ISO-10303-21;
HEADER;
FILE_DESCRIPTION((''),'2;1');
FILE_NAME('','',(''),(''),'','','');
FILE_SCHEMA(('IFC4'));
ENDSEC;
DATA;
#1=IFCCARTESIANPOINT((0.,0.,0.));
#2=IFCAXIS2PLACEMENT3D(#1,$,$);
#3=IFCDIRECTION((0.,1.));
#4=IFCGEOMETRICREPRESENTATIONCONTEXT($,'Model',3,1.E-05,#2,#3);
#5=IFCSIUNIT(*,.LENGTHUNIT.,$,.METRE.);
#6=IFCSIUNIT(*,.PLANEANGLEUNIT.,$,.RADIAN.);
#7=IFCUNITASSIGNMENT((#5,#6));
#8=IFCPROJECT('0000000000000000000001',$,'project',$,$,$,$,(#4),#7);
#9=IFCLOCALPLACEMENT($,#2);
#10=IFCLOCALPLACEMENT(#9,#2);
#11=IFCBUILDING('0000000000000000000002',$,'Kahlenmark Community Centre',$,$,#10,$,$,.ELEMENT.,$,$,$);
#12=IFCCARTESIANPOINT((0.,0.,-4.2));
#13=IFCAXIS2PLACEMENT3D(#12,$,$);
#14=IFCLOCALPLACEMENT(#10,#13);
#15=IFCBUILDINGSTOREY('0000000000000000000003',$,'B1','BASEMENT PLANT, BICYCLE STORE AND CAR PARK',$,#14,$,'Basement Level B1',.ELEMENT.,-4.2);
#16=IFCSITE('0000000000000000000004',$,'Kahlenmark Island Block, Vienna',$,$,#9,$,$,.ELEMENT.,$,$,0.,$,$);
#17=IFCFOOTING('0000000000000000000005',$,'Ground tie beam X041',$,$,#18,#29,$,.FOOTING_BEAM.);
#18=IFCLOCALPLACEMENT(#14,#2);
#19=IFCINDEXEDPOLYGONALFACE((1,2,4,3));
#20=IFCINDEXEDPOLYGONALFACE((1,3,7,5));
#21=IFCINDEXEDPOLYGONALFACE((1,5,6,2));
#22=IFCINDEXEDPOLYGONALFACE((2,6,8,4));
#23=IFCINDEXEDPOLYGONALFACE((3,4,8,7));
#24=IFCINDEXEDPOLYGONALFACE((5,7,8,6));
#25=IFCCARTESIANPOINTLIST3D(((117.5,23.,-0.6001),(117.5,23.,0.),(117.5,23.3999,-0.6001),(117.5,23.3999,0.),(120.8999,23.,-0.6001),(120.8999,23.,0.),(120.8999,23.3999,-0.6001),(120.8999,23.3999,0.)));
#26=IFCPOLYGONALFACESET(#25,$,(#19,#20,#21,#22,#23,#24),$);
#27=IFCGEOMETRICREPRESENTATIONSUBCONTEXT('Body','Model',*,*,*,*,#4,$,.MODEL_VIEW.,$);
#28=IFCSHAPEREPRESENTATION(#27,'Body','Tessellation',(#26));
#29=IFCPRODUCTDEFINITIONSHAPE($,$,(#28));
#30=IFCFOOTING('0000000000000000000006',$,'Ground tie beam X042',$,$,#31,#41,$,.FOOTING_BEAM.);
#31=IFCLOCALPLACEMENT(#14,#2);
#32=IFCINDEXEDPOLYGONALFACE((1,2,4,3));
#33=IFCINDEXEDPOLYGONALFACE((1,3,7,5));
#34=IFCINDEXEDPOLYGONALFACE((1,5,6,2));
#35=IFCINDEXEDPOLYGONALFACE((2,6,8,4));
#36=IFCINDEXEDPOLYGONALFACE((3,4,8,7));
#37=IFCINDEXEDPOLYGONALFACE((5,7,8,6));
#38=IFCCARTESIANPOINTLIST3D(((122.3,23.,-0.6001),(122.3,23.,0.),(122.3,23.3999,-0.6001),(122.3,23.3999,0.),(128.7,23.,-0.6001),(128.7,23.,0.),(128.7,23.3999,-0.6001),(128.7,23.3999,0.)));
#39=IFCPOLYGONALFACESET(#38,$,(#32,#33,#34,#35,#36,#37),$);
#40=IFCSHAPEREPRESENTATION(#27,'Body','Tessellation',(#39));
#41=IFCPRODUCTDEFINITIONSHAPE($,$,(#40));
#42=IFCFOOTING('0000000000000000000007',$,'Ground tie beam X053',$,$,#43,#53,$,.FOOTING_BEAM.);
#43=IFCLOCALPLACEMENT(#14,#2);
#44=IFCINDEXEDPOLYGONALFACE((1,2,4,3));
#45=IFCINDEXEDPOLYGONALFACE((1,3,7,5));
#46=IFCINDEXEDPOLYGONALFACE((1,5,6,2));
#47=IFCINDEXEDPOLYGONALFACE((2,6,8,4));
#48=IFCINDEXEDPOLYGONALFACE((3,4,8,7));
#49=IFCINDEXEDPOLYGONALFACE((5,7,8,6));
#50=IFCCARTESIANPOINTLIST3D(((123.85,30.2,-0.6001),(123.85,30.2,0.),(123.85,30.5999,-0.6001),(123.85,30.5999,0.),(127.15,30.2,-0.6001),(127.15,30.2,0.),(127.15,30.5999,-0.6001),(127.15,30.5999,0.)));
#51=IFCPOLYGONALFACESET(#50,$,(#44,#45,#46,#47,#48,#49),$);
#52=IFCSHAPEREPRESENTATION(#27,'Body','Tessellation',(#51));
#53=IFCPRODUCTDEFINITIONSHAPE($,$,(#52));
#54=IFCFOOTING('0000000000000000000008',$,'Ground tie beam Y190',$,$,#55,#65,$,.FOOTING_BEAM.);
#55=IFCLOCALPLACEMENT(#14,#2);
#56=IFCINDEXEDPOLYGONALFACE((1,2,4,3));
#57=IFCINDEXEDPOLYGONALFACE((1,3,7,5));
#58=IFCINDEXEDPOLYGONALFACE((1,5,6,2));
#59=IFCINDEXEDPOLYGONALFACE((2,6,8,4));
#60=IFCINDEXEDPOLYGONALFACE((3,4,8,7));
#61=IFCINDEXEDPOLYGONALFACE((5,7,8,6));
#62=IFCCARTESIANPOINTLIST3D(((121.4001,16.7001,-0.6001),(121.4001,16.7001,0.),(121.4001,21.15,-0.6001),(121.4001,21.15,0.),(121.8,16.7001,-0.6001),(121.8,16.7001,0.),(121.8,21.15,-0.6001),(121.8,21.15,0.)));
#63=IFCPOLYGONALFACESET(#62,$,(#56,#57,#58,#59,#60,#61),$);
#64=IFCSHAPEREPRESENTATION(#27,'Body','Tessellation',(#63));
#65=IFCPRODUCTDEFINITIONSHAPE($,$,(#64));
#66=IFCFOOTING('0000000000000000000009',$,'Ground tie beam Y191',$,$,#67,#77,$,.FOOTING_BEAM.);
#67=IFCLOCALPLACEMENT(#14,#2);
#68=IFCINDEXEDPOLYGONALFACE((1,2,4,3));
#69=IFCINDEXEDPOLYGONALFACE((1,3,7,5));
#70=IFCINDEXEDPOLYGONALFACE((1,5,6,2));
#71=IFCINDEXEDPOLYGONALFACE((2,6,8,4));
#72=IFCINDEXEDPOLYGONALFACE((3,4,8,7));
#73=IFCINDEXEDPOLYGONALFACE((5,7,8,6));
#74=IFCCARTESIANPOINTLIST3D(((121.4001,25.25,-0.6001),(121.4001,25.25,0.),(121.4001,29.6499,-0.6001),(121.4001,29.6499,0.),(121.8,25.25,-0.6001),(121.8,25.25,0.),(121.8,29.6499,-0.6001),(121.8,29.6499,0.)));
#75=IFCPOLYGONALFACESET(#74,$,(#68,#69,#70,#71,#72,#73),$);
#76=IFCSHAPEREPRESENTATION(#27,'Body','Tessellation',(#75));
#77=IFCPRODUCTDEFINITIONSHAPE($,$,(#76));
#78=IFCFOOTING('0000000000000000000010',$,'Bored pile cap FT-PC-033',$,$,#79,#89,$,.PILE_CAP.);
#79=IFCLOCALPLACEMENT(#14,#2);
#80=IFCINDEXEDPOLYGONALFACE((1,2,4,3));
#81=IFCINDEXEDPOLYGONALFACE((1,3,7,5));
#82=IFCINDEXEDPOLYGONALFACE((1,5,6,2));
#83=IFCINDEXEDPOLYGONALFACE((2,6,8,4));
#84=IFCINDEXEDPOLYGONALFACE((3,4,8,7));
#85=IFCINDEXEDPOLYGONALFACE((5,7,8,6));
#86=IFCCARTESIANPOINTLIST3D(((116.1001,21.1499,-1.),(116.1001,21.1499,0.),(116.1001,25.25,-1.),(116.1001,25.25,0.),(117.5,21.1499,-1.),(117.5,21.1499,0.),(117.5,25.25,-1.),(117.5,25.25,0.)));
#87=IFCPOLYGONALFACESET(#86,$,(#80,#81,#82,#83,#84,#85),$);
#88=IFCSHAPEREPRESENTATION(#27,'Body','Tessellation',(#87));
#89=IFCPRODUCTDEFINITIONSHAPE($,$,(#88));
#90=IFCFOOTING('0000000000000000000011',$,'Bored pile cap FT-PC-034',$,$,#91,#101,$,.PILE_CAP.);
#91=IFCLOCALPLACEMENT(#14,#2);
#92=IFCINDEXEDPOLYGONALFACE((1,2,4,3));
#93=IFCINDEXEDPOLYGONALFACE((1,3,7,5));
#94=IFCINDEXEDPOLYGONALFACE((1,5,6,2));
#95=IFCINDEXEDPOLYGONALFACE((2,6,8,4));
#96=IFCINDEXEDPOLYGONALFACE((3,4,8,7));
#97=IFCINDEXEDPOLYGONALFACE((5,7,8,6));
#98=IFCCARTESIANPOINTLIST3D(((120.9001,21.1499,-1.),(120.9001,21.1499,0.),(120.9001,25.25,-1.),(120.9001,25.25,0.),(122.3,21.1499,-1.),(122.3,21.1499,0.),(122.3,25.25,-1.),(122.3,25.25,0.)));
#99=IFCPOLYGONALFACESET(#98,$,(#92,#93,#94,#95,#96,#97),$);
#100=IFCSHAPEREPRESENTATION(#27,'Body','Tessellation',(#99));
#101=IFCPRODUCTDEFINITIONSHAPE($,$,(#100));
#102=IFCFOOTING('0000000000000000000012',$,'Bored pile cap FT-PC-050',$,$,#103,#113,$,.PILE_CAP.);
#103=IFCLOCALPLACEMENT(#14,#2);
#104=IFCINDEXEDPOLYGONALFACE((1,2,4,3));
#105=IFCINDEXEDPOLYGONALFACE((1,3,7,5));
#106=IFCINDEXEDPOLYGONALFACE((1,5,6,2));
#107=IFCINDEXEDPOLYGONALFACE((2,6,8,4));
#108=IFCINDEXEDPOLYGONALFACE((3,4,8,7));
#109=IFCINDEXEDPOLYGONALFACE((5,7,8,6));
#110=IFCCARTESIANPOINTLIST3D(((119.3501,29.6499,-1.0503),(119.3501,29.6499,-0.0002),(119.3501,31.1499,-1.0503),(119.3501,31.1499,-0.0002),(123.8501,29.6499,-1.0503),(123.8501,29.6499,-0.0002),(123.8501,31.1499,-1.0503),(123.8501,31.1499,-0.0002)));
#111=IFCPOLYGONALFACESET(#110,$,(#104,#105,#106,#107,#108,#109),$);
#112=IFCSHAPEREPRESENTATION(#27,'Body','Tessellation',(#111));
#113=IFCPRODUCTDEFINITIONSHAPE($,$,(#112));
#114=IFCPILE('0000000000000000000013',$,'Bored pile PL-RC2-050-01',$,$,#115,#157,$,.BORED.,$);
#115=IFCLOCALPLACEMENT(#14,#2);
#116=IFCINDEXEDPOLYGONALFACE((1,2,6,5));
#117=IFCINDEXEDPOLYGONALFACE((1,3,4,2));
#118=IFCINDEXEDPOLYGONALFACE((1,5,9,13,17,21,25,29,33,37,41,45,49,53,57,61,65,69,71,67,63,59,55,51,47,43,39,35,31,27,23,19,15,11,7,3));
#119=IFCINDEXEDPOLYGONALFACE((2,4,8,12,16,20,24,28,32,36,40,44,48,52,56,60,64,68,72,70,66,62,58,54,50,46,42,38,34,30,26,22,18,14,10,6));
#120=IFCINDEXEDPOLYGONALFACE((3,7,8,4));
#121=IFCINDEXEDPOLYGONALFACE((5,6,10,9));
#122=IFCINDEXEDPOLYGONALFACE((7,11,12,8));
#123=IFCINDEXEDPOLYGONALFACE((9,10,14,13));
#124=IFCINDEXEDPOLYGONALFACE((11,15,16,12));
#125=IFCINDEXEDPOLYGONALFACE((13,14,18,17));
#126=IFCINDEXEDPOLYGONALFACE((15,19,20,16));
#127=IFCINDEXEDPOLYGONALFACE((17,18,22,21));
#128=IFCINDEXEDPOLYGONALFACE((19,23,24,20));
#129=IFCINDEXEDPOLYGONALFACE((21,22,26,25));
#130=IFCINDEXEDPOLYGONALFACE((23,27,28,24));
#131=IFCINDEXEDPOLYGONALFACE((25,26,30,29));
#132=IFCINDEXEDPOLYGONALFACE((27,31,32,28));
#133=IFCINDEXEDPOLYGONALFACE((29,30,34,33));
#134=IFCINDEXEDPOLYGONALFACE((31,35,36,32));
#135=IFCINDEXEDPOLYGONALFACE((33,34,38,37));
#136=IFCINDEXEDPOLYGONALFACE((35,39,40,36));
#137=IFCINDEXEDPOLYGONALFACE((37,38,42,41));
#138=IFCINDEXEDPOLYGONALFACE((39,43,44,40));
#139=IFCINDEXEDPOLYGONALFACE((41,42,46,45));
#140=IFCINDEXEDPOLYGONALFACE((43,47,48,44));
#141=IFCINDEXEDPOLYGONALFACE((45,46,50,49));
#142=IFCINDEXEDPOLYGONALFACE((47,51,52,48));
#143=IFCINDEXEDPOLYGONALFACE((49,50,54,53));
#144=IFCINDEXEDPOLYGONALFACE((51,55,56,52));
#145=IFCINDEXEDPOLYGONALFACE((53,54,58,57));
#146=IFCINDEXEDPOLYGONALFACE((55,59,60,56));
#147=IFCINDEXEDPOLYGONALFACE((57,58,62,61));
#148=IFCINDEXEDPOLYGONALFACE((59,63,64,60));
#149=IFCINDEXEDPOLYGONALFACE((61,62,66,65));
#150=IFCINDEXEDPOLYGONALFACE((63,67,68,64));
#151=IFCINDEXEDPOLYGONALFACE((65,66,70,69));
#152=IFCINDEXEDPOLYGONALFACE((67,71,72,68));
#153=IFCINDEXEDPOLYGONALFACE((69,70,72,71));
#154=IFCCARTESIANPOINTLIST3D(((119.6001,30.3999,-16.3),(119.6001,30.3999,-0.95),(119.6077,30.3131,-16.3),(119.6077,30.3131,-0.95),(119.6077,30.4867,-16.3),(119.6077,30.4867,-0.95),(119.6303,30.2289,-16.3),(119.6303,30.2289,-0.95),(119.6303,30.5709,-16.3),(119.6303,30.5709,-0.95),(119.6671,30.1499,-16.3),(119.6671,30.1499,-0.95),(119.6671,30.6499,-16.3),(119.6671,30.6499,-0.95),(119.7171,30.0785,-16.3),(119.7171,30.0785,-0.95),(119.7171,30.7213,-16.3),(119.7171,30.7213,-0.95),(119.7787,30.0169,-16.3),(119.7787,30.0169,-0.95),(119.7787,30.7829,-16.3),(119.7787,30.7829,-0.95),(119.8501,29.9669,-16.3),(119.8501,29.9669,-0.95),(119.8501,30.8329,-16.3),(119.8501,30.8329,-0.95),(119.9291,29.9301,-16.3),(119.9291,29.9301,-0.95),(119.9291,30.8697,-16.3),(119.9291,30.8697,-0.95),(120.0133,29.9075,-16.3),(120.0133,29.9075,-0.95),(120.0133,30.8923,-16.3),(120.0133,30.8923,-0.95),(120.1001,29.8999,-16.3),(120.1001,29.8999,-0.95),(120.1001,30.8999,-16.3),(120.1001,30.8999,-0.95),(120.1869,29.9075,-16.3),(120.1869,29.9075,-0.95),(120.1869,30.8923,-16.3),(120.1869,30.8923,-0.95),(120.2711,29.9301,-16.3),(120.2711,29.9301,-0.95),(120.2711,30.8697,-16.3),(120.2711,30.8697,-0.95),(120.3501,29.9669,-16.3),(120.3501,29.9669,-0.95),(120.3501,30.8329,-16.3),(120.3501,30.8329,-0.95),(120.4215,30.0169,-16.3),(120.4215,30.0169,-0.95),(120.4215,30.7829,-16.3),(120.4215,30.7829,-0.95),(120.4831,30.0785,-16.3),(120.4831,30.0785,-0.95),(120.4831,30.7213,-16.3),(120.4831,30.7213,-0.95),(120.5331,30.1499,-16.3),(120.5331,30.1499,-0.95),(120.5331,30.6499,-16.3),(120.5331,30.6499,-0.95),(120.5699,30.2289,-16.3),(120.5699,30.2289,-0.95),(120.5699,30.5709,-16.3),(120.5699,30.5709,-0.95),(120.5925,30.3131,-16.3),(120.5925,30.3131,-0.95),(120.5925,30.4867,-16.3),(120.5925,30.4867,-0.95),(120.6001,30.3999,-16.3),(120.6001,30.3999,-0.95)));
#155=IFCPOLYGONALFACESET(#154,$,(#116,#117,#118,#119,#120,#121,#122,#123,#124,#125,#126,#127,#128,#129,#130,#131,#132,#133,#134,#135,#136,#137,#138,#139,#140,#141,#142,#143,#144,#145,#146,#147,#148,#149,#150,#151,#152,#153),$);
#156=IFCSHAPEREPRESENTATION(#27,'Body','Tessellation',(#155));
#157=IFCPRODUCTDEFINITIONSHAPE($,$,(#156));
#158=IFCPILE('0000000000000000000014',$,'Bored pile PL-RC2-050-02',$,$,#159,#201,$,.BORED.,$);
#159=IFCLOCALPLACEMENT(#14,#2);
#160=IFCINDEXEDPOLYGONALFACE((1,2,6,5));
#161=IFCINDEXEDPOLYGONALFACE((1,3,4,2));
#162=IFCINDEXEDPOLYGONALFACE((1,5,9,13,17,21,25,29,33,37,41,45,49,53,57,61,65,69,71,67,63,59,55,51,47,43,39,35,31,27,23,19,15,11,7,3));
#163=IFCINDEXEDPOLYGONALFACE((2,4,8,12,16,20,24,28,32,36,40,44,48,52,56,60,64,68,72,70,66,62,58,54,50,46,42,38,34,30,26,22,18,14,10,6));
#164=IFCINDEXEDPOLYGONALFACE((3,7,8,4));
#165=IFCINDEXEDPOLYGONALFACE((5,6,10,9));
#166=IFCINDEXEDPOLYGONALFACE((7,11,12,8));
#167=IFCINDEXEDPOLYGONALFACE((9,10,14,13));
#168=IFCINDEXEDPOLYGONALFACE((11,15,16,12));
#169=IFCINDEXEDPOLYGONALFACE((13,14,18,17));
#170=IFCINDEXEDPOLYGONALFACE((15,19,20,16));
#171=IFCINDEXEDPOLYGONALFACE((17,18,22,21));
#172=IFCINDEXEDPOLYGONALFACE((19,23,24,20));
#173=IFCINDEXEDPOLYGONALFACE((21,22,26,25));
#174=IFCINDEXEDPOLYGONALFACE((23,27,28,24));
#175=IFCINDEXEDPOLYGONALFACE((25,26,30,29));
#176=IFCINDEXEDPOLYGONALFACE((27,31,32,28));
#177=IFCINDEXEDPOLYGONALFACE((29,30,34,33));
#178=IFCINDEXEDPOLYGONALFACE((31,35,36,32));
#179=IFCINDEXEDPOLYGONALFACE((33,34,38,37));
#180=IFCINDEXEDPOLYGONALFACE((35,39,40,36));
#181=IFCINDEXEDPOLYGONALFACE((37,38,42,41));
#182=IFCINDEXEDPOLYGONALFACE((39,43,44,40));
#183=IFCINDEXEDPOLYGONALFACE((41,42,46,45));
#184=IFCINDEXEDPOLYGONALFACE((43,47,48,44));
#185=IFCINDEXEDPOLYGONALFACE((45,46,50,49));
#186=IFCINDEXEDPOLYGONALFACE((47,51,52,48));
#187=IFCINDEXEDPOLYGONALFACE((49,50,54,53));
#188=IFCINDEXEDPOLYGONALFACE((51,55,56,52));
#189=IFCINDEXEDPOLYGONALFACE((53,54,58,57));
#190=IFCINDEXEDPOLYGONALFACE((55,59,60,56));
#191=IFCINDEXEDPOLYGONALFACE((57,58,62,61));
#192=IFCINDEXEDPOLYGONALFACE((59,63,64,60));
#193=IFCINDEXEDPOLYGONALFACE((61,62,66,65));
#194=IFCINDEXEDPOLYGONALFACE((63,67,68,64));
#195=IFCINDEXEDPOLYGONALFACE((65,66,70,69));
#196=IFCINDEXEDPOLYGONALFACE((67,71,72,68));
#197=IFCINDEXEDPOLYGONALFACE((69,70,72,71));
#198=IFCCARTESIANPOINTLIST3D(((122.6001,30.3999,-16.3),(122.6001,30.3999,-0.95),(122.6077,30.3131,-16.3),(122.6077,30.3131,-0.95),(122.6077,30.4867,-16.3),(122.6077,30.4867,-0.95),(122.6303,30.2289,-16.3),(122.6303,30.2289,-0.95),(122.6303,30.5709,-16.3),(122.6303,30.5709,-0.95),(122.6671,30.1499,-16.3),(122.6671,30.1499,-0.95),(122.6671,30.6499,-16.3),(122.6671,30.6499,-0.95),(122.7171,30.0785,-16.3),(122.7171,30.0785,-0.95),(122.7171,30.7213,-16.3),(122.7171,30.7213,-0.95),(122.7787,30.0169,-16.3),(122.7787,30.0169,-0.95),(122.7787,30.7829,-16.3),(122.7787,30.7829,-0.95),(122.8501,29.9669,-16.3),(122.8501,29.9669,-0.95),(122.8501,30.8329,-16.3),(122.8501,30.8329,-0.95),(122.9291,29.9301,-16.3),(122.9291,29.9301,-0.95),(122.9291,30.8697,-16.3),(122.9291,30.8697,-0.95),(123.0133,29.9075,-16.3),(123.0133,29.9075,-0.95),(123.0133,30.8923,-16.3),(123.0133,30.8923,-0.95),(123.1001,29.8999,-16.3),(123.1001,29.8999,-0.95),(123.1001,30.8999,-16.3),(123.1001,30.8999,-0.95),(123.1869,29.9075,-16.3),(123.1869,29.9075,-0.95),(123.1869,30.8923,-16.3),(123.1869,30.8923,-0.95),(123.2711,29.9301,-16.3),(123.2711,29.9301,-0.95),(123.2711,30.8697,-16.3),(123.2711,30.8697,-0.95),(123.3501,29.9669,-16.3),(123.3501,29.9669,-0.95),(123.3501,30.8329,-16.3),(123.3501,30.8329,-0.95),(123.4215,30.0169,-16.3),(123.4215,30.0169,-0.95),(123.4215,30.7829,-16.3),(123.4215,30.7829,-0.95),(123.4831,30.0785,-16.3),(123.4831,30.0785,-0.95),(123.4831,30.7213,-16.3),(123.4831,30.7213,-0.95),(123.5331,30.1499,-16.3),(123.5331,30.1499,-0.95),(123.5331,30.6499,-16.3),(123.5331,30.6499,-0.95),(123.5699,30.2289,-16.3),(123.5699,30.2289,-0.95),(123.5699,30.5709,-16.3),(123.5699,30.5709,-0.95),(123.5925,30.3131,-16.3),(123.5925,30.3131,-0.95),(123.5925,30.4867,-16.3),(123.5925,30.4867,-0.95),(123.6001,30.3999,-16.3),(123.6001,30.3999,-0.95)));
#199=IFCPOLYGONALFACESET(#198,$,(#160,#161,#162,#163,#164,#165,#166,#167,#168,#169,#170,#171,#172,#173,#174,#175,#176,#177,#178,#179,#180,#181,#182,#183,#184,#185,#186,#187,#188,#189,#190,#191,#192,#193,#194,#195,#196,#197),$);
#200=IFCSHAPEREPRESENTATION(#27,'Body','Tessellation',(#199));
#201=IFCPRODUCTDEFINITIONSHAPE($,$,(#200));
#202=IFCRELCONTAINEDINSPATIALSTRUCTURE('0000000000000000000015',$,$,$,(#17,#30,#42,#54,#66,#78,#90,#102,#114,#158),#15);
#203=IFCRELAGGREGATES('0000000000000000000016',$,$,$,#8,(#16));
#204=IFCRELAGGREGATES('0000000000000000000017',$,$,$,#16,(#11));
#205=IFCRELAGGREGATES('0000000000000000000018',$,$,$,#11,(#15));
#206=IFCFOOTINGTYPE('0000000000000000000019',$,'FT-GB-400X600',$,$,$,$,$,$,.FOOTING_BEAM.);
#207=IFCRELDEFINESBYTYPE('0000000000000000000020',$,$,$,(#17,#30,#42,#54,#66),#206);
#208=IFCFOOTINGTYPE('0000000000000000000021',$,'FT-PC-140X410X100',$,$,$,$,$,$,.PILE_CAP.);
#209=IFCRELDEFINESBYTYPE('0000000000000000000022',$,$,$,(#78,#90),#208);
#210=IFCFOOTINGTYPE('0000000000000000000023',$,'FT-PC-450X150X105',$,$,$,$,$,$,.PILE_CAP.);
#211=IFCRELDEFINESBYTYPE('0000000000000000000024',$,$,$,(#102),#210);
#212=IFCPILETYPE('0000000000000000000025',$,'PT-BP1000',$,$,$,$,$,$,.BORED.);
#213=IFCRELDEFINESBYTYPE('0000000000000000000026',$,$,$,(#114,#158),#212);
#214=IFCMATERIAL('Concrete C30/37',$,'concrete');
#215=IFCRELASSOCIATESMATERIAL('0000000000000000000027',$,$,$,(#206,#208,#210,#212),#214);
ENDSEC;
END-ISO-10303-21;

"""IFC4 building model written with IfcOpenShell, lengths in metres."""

from ifc_helpers import new_model, si_unit, direction, frame, origin, origin_2d, place, context, subcontext, project, spatial, rectangle, circle, extrude, material, material_profile, profile_set, type_object, element, save


model = new_model("IFC4")

# Units and contexts
model_context = context("Model", 3, precision=1e-05, world=origin(), true_north=direction((0.0, 1.0)))
body_context = subcontext(model_context, "Body", "Model", "MODEL_VIEW")
ifc_project = project(units=[si_unit("LENGTHUNIT", "METRE"), si_unit("PLANEANGLEUNIT", "RADIAN")], contexts=[model_context])

# Site, building, storey
site_placement = place(None, origin())
site = spatial("IfcSite", under=ifc_project, at=site_placement, Name="Kahlenmark Island Block, Vienna", CompositionType="ELEMENT", RefElevation=0.0)
building_placement = place(site_placement, origin())
building = spatial("IfcBuilding", under=site, at=building_placement, Name="Kahlenmark Community Centre", CompositionType="ELEMENT")
storey_placement = place(building_placement, frame((0.0, 0.0, -4.2)))
storey = spatial("IfcBuildingStorey", under=building, at=storey_placement, Name="B1", Description="BASEMENT PLANT, BICYCLE STORE AND CAR PARK", LongName="Basement Level B1", CompositionType="ELEMENT", Elevation=-4.2)

# Footings
ifc_material_1 = material(Name="Concrete C30/37", Category="concrete")
footing_type_1 = type_object("IfcFootingType", Name="FT-GB-400X600", PredefinedType="FOOTING_BEAM", material=ifc_material_1)
footing_1_placement = place(storey_placement, frame((119.2, 23.2, -0.6001), z_axis=(0.0, 0.0, 1.0), x_axis=(1.0, 0.0, 0.0)))
element("IfcFooting", 1, at=footing_1_placement, inside=storey, type_object=footing_type_1, Name="Ground tie beam X041", PredefinedType="FOOTING_BEAM", context=body_context, shape_type="SweptSolid", body=[
    extrude(rectangle(XDim=3.3999, YDim=0.3999, at=origin_2d()), origin(), (0.0, 0.0, 1.0), 0.6001),
])
footing_2_placement = place(storey_placement, frame((125.5, 23.2, -0.6001), z_axis=(0.0, 0.0, 1.0), x_axis=(1.0, 0.0, 0.0)))
element("IfcFooting", 2, at=footing_2_placement, inside=storey, type_object=footing_type_1, Name="Ground tie beam X042", PredefinedType="FOOTING_BEAM", context=body_context, shape_type="SweptSolid", body=[
    extrude(rectangle(XDim=6.3999, YDim=0.3999, at=origin_2d()), origin(), (0.0, 0.0, 1.0), 0.6001),
])
footing_3_placement = place(storey_placement, frame((125.5, 30.3999, -0.6001), z_axis=(0.0, 0.0, 1.0), x_axis=(1.0, 0.0, 0.0)))
element("IfcFooting", 3, at=footing_3_placement, inside=storey, type_object=footing_type_1, Name="Ground tie beam X053", PredefinedType="FOOTING_BEAM", context=body_context, shape_type="SweptSolid", body=[
    extrude(rectangle(XDim=3.3, YDim=0.3999, at=origin_2d()), origin(), (0.0, 0.0, 1.0), 0.6001),
])
footing_4_placement = place(storey_placement, frame((121.6001, 18.925, -0.6001), z_axis=(0.0, 0.0, 1.0), x_axis=(1.0, 0.0, 0.0)))
element("IfcFooting", 4, at=footing_4_placement, inside=storey, type_object=footing_type_1, Name="Ground tie beam Y190", PredefinedType="FOOTING_BEAM", context=body_context, shape_type="SweptSolid", body=[
    extrude(rectangle(XDim=0.3999, YDim=4.45, at=origin_2d()), origin(), (0.0, 0.0, 1.0), 0.6001),
])
footing_5_placement = place(storey_placement, frame((121.6001, 27.45, -0.6001), z_axis=(0.0, 0.0, 1.0), x_axis=(1.0, 0.0, 0.0)))
element("IfcFooting", 5, at=footing_5_placement, inside=storey, type_object=footing_type_1, Name="Ground tie beam Y191", PredefinedType="FOOTING_BEAM", context=body_context, shape_type="SweptSolid", body=[
    extrude(rectangle(XDim=0.3999, YDim=4.3999, at=origin_2d()), origin(), (0.0, 0.0, 1.0), 0.6001),
])
footing_type_2 = type_object("IfcFootingType", Name="FT-PC-140X410X100", PredefinedType="PILE_CAP", material=ifc_material_1)
for number, where, z_axis, x_axis, name in (
    (6, (116.8, 23.2, -1.0), (0.0, 0.0, 1.0), (1.0, 0.0, 0.0), "Bored pile cap FT-PC-033"),
    (7, (121.6001, 23.2, -1.0), (0.0, 0.0, 1.0), (1.0, 0.0, 0.0), "Bored pile cap FT-PC-034"),
):
    element("IfcFooting", number, at=place(storey_placement, frame(where, z_axis=z_axis, x_axis=x_axis)), inside=storey, type_object=footing_type_2, Name=name, PredefinedType="PILE_CAP", context=body_context, shape_type="SweptSolid", body=[
        extrude(rectangle(XDim=1.3999, YDim=4.1001, at=origin_2d()), origin(), (0.0, 0.0, 1.0), 1.0),
    ])
footing_type_3 = type_object("IfcFootingType", Name="FT-PC-450X150X105", PredefinedType="PILE_CAP", material=ifc_material_1)
footing_6_placement = place(storey_placement, frame((121.6001, 30.3999, -1.0503), z_axis=(0.0, 0.0, 1.0), x_axis=(1.0, 0.0, 0.0)))
element("IfcFooting", 8, at=footing_6_placement, inside=storey, type_object=footing_type_3, Name="Bored pile cap FT-PC-050", PredefinedType="PILE_CAP", context=body_context, shape_type="SweptSolid", body=[
    extrude(rectangle(XDim=4.5, YDim=1.5, at=origin_2d()), origin(), (0.0, 0.0, 1.0), 1.05),
])

# Piles
ifc_material_profile_1 = material_profile(ifc_material_1, circle(Radius=0.5, at=origin_2d()), Name="BORED PILE 1000")
ifc_profile_set_1 = profile_set([ifc_material_profile_1], Name="Concrete C30/37")
pile_type_1 = type_object("IfcPileType", Name="PT-BP1000", PredefinedType="BORED", material=ifc_profile_set_1)
for number, where, z_axis, x_axis, name in (
    (9, (120.1001, 30.3999, -0.95), (0.0, 0.0, -1.0), (1.0, 0.0, 0.0), "Bored pile PL-RC2-050-01"),
    (10, (123.1001, 30.3999, -0.95), (0.0, 0.0, -1.0), (1.0, 0.0, 0.0), "Bored pile PL-RC2-050-02"),
):
    element("IfcPile", number, at=place(storey_placement, frame(where, z_axis=z_axis, x_axis=x_axis)), inside=storey, type_object=pile_type_1, Name=name, PredefinedType="BORED", context=body_context, shape_type="SweptSolid", body=[
        extrude(circle(Radius=0.5, at=origin_2d()), origin(), (0.0, 0.0, 1.0), 15.3501),
    ])

save(model, "model.ifc")
